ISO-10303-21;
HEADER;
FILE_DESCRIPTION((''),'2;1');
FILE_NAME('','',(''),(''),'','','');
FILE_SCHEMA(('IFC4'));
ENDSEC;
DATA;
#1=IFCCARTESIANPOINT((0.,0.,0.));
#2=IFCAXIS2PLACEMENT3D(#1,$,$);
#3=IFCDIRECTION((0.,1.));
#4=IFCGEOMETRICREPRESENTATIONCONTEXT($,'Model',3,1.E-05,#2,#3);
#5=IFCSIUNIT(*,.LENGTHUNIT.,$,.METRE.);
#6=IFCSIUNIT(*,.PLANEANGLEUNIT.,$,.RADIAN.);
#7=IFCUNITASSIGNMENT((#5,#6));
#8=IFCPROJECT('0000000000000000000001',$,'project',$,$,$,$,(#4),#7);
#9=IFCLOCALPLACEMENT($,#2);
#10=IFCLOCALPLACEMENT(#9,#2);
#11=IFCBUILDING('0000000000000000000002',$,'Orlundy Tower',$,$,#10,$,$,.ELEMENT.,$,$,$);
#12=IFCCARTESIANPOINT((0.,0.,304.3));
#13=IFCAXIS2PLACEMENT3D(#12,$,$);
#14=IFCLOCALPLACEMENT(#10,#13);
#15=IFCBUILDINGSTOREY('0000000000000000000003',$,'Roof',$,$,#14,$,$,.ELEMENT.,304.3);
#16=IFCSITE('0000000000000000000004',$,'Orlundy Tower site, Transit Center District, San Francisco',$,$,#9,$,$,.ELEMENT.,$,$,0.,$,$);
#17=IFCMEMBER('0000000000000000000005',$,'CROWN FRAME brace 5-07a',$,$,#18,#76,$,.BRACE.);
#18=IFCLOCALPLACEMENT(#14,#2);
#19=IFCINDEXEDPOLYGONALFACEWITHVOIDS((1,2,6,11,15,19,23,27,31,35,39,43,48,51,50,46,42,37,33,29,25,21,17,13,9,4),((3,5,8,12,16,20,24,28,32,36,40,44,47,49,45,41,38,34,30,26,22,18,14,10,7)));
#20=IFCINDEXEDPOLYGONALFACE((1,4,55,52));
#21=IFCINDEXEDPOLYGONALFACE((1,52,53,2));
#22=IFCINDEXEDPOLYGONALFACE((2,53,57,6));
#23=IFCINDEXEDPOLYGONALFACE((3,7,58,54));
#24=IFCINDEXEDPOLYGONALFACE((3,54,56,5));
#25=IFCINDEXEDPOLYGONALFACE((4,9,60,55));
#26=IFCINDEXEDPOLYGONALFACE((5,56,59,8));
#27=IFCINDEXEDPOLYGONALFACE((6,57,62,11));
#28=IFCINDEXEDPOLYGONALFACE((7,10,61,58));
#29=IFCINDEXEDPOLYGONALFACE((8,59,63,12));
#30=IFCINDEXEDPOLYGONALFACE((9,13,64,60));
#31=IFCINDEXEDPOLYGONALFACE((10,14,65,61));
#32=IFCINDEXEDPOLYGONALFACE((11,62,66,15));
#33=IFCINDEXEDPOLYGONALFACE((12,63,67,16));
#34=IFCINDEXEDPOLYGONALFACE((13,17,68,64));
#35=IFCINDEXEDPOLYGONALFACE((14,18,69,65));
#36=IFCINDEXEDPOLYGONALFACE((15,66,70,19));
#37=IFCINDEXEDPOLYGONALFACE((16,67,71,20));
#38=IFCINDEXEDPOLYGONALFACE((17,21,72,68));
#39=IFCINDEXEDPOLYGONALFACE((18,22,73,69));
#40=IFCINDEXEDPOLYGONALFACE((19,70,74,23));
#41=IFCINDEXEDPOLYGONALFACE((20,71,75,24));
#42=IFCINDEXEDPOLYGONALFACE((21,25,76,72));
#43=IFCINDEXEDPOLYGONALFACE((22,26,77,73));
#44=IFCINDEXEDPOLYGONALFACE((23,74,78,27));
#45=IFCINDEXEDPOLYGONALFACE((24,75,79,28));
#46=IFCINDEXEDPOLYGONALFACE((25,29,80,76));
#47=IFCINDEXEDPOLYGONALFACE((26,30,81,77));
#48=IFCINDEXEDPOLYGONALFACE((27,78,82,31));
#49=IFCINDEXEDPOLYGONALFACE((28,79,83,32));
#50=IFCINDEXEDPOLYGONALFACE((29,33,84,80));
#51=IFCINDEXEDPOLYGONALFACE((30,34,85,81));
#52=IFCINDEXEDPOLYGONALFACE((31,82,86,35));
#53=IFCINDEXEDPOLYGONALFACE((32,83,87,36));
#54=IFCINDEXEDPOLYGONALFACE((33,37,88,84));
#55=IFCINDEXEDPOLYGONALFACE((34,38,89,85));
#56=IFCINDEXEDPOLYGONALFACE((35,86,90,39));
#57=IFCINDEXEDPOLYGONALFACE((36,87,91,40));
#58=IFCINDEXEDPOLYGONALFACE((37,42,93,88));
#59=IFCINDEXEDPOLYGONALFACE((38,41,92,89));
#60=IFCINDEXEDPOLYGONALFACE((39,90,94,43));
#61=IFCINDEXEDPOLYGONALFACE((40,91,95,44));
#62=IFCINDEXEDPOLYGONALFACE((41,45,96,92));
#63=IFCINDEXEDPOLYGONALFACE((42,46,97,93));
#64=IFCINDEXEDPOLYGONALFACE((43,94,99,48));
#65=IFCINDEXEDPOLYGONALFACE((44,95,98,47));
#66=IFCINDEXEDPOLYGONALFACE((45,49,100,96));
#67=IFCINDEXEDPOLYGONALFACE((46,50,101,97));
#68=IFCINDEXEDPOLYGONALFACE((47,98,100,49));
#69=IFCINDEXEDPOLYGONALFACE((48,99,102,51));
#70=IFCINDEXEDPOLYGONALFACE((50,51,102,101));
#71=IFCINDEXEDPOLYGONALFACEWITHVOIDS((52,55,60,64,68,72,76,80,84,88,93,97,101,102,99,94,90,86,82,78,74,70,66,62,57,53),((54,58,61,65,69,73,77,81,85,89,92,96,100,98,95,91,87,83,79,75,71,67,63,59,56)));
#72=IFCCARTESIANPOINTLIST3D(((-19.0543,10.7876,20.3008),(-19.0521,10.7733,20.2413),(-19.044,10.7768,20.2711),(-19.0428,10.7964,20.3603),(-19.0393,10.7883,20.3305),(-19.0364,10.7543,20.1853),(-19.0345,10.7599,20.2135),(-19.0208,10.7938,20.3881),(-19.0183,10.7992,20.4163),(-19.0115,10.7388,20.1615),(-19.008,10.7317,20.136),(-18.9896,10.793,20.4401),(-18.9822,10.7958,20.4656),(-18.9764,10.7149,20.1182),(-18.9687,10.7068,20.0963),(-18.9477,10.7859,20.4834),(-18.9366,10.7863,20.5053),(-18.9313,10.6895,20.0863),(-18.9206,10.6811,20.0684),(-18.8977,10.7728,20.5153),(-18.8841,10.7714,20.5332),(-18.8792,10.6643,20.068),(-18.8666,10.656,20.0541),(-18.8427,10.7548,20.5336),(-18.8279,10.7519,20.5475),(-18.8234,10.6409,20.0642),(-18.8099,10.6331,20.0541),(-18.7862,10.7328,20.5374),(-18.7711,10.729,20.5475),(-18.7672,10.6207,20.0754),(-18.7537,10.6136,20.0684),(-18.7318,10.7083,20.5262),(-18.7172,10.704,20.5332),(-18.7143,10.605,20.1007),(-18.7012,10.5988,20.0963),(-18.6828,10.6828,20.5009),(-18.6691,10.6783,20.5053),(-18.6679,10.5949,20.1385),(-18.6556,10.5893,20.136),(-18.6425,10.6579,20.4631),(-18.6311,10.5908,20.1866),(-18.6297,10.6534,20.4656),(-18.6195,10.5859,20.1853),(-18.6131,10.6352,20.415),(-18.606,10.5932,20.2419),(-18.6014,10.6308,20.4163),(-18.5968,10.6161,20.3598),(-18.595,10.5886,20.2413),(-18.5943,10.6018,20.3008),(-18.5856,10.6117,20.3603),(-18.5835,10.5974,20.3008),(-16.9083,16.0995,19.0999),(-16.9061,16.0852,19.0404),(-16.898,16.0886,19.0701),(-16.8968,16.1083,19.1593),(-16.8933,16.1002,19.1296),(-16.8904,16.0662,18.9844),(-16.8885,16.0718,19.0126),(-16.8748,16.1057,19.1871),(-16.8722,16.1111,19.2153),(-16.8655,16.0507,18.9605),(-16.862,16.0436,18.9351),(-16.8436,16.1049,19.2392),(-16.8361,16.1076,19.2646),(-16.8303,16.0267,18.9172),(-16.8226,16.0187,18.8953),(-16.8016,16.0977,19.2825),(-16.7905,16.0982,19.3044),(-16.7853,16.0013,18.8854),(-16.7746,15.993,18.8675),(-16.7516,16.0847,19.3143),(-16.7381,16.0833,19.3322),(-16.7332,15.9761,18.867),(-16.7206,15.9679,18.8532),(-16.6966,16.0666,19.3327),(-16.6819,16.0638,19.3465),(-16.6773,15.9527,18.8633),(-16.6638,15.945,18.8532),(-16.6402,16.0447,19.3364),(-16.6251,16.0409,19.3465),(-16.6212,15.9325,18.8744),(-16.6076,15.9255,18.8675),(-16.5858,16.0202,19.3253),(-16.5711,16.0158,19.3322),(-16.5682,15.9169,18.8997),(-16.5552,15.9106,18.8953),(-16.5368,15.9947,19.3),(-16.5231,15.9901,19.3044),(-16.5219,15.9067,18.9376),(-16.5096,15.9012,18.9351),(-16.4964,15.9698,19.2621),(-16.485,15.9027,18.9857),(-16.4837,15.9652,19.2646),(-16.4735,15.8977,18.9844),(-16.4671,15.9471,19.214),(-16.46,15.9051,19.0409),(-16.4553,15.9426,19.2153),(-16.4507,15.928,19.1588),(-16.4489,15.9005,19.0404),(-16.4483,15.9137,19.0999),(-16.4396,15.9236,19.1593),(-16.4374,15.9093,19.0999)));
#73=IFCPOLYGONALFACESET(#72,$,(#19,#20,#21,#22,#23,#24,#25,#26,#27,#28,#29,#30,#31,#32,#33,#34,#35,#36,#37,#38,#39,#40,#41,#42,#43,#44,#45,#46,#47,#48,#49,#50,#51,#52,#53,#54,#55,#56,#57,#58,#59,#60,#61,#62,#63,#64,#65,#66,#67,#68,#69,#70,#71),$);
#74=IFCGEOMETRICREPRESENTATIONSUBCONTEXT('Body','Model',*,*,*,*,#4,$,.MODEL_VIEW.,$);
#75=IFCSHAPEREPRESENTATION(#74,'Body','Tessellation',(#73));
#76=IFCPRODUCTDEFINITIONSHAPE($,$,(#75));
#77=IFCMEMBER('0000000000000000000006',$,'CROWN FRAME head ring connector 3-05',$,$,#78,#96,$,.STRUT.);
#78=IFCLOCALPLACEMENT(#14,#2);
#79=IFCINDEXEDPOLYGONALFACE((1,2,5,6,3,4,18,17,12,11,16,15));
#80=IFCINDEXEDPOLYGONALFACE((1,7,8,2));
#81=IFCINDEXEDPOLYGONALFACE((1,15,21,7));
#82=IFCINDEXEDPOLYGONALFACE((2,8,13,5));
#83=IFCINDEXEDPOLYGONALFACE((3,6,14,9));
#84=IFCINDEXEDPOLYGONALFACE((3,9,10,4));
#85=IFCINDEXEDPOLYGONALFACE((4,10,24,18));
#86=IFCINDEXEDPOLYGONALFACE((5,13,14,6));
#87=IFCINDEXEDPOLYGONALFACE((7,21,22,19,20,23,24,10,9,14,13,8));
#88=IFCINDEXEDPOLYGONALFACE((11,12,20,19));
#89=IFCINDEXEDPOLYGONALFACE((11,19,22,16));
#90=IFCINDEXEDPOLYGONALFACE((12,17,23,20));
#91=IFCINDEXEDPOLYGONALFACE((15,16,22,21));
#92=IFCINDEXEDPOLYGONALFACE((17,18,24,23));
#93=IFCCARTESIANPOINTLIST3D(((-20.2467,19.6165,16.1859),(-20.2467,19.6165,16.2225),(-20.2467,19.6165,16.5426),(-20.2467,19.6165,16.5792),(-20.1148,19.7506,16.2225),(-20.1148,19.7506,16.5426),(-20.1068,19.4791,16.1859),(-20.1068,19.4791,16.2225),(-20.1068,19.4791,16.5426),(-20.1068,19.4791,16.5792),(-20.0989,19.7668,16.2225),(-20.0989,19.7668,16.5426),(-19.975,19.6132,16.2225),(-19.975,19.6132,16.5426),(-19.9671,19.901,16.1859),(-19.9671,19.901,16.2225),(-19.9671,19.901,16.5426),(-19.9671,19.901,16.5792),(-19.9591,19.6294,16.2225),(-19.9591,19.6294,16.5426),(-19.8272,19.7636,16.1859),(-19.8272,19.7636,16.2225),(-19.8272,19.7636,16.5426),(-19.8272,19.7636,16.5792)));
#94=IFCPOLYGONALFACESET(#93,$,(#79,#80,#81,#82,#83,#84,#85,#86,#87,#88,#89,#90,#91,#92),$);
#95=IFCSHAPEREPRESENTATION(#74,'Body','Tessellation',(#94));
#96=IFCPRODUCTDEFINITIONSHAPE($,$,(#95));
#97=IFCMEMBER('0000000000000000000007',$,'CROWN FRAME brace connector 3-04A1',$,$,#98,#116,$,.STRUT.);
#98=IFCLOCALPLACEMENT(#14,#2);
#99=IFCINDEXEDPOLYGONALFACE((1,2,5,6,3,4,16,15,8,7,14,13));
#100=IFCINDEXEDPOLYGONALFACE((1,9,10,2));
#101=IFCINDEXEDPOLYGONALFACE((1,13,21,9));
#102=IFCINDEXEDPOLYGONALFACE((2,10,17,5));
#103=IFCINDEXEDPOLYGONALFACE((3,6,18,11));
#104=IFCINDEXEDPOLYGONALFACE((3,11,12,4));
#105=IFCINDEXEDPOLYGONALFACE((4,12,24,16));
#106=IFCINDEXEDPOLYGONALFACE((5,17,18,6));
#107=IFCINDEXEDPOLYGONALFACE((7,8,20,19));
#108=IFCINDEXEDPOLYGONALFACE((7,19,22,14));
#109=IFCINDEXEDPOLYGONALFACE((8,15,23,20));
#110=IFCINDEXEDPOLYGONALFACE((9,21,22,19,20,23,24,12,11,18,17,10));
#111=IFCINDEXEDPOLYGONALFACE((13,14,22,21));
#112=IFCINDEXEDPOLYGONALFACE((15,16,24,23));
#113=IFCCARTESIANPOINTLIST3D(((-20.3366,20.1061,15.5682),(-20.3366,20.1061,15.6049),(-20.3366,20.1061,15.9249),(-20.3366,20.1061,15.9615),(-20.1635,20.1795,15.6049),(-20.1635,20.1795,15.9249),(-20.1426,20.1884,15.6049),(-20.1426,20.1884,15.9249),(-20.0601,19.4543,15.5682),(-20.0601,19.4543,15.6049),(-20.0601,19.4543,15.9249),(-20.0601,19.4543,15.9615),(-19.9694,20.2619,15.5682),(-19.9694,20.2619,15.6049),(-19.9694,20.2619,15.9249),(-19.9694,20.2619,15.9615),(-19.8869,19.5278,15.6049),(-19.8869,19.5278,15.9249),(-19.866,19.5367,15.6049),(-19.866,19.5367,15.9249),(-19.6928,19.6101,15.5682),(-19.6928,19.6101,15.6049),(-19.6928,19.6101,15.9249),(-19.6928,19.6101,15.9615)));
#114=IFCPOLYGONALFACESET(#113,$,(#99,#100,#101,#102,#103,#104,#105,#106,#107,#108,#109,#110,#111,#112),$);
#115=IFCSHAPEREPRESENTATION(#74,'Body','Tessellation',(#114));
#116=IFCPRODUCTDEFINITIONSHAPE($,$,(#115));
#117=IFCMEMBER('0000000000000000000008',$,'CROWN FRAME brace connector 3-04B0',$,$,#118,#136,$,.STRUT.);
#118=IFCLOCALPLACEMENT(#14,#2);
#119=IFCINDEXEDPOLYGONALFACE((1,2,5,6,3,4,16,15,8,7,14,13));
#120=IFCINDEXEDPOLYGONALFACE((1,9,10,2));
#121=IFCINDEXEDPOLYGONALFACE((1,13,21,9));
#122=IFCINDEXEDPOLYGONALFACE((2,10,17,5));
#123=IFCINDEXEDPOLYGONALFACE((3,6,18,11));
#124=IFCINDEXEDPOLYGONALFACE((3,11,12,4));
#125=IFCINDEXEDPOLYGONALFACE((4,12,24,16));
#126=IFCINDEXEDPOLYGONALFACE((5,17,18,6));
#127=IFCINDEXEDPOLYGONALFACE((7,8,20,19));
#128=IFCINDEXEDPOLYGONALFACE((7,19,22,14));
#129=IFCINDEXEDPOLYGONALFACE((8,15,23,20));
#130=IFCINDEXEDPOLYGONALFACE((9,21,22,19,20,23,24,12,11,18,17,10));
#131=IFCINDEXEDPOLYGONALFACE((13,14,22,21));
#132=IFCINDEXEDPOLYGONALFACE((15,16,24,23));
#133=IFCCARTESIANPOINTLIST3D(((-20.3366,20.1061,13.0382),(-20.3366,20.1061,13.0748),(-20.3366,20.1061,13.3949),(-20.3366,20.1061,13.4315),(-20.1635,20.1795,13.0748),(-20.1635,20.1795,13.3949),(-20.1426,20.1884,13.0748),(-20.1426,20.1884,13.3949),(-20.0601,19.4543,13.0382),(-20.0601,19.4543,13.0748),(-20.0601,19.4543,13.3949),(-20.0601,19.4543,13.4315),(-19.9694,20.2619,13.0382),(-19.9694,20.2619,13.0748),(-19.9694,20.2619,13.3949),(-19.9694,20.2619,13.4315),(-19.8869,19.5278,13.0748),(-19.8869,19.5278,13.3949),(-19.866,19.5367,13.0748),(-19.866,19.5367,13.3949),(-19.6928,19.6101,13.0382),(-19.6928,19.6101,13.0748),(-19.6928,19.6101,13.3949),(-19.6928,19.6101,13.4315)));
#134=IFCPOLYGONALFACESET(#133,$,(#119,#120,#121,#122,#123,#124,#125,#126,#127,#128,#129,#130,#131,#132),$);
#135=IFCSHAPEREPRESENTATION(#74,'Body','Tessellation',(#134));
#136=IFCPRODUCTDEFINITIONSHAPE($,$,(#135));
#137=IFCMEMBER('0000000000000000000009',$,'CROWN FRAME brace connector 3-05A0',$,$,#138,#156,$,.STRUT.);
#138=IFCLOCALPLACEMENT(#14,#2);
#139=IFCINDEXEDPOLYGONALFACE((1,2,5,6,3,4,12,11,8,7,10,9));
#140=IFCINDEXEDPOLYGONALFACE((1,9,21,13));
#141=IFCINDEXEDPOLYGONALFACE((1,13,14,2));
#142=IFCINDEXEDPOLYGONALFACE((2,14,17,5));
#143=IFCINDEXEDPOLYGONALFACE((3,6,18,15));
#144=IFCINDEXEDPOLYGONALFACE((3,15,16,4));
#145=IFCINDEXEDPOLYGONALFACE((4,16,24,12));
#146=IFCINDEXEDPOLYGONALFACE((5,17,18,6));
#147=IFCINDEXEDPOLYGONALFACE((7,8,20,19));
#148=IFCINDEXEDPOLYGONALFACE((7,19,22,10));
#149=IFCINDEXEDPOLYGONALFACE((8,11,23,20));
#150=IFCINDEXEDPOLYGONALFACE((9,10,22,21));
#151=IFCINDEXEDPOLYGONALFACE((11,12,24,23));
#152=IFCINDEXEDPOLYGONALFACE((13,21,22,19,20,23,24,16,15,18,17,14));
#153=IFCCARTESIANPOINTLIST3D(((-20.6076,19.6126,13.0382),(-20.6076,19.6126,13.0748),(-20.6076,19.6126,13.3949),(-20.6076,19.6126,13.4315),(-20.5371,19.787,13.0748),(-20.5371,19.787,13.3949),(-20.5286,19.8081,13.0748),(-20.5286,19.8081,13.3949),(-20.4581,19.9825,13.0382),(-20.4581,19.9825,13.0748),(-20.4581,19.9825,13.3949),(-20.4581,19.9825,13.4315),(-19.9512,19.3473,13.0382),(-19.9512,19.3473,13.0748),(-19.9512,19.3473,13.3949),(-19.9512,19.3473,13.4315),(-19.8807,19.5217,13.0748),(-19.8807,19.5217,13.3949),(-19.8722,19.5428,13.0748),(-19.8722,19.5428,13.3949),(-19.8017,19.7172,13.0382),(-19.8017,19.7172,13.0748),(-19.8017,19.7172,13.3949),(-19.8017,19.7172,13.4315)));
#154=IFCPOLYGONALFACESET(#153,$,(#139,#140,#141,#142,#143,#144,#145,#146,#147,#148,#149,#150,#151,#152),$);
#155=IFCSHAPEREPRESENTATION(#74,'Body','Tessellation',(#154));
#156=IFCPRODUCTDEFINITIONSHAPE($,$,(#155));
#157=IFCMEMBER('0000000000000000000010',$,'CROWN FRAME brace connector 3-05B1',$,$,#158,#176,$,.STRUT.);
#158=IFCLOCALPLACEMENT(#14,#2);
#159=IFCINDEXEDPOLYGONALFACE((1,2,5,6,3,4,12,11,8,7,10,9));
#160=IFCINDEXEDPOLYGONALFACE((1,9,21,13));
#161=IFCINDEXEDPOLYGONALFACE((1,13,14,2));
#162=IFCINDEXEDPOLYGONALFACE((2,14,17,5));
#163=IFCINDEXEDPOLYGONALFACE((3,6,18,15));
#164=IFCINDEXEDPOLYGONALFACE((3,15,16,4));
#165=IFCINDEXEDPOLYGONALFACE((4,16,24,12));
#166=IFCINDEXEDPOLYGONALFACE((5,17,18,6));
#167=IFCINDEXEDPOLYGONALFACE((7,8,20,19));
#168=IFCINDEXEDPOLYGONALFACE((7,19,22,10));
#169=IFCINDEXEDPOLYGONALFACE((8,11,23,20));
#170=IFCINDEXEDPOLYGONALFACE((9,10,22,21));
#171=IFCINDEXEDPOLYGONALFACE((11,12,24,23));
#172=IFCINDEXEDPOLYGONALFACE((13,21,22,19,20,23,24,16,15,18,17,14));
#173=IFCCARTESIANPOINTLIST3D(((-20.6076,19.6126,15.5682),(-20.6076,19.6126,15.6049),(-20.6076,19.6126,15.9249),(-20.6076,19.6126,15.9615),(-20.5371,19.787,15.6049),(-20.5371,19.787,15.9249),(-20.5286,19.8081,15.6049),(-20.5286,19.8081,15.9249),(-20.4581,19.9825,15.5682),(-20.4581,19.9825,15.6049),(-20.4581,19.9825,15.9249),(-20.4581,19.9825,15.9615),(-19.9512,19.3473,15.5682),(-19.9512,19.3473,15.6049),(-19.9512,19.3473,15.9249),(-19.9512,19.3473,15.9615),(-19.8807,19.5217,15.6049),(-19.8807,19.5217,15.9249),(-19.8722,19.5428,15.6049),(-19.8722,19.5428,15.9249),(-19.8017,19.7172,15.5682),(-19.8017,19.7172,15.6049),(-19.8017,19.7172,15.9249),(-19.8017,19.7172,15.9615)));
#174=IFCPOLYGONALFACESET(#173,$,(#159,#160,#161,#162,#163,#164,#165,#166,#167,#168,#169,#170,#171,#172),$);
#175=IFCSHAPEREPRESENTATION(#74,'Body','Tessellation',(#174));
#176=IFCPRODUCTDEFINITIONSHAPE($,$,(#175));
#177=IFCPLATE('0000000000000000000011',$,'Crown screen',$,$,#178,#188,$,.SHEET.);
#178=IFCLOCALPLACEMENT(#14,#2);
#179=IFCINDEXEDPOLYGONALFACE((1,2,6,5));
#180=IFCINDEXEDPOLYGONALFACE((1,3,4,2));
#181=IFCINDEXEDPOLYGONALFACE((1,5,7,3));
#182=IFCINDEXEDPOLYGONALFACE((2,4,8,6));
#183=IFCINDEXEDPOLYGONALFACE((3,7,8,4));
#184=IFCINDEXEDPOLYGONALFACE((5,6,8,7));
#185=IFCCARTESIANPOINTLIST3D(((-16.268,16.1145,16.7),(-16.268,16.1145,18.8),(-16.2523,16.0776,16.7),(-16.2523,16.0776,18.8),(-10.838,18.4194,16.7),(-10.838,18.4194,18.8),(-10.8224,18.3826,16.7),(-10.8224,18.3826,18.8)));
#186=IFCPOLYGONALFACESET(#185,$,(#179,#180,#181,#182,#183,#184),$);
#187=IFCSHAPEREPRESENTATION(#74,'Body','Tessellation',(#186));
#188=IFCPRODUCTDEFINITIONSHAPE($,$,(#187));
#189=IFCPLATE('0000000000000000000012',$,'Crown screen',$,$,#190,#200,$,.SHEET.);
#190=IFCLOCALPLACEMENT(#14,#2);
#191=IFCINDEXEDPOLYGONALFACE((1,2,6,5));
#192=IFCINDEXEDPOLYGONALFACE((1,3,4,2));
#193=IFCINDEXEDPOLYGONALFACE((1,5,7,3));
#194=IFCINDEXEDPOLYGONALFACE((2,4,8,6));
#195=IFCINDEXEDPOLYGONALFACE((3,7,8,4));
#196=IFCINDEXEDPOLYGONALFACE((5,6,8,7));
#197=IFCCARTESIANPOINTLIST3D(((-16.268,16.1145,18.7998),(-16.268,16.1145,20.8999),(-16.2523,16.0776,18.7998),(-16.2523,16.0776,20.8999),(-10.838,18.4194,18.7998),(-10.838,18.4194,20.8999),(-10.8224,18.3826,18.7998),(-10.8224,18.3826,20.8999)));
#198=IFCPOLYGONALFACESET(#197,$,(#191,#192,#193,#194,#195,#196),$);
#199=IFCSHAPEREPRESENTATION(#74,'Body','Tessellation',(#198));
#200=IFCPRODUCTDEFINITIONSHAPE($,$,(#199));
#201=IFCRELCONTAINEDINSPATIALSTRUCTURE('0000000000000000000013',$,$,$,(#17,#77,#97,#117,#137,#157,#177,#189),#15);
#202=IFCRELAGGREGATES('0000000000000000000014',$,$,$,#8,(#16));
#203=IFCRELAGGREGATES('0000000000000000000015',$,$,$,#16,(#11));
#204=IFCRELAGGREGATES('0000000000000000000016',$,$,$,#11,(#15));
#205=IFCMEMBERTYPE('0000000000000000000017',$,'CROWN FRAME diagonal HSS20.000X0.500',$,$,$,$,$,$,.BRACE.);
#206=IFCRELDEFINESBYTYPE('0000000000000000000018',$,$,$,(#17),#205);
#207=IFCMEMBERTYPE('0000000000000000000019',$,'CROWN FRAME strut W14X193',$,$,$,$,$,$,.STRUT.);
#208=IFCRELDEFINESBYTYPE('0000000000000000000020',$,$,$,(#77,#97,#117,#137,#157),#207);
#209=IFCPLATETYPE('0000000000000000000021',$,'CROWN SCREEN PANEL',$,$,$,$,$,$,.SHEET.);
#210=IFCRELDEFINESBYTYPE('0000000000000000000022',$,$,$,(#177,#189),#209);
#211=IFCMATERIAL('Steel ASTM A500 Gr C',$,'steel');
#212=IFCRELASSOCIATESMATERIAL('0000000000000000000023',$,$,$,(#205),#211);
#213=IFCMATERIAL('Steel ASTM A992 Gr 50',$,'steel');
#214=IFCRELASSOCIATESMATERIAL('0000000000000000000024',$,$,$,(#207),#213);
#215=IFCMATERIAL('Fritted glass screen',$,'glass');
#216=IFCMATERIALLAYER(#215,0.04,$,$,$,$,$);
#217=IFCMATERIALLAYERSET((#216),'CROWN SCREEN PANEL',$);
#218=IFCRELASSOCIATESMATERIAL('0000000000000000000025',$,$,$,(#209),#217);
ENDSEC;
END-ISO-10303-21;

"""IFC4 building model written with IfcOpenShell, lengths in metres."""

from ifc_helpers import new_model, si_unit, direction, frame, origin, origin_2d, place, context, subcontext, project, spatial, rectangle, hollow_circle, i_section, extrude, material, layer, layer_set, material_profile, profile_set, type_object, element, save


model = new_model("IFC4")

# Units and contexts
model_context = context("Model", 3, precision=1e-05, world=origin(), true_north=direction((0.0, 1.0)))
body_context = subcontext(model_context, "Body", "Model", "MODEL_VIEW")
ifc_project = project(units=[si_unit("LENGTHUNIT", "METRE"), si_unit("PLANEANGLEUNIT", "RADIAN")], contexts=[model_context])

# Site, building, storey
site_placement = place(None, origin())
site = spatial("IfcSite", under=ifc_project, at=site_placement, Name="Orlundy Tower site, Transit Center District, San Francisco", CompositionType="ELEMENT", RefElevation=0.0)
building_placement = place(site_placement, origin())
building = spatial("IfcBuilding", under=site, at=building_placement, Name="Orlundy Tower", CompositionType="ELEMENT")
storey_placement = place(building_placement, frame((0.0, 0.0, 304.3)))
storey = spatial("IfcBuildingStorey", under=building, at=storey_placement, Name="Roof", CompositionType="ELEMENT", Elevation=304.3)

# Members
ifc_material_1 = material(Name="Steel ASTM A500 Gr C", Category="steel")
ifc_material_profile_1 = material_profile(ifc_material_1, hollow_circle(Radius=0.2539, WallThickness=0.0117, at=origin_2d()), Name="HSS20.000X0.500")
ifc_profile_set_1 = profile_set([ifc_material_profile_1], Name="Steel ASTM A500 Gr C")
member_type_1 = type_object("IfcMemberType", Name="CROWN FRAME diagonal HSS20.000X0.500", PredefinedType="BRACE", material=ifc_profile_set_1)
member_1_placement = place(storey_placement, frame((-16.6729, 16.0044, 19.0999), z_axis=(-0.366623, -0.907466, 0.205167), x_axis=(0.92719, -0.374592, 0.0)))
element("IfcMember", 1, at=member_1_placement, inside=storey, type_object=member_type_1, Name="CROWN FRAME brace 5-07a", PredefinedType="BRACE", context=body_context, shape_type="SweptSolid", body=[
    extrude(hollow_circle(Radius=0.2539, WallThickness=0.0117, at=origin_2d()), origin(), (0.0, 0.0, 1.0), 5.8535),
])
ifc_material_2 = material(Name="Steel ASTM A992 Gr 50", Category="steel")
ifc_material_profile_2 = material_profile(ifc_material_2, i_section(OverallWidth=0.3989, OverallDepth=0.3933, WebThickness=0.0227, FlangeThickness=0.0366, at=origin_2d()), Name="W14X193")
ifc_profile_set_2 = profile_set([ifc_material_profile_2], Name="Steel ASTM A992 Gr 50")
member_type_2 = type_object("IfcMemberType", Name="CROWN FRAME strut W14X193", PredefinedType="STRUT", material=ifc_profile_set_2)
member_2_placement = place(storey_placement, frame((-19.967, 19.6213, 16.3826), z_axis=(-0.713304, 0.700855, 0.0), x_axis=(-0.700855, -0.713304, 0.0)))
element("IfcMember", 2, at=member_2_placement, inside=storey, type_object=member_type_2, Name="CROWN FRAME head ring connector 3-05", PredefinedType="STRUT", context=body_context, shape_type="SweptSolid", body=[
    extrude(i_section(OverallWidth=0.3989, OverallDepth=0.3933, WebThickness=0.0227, FlangeThickness=0.0366, at=origin_2d()), origin(), (0.0, 0.0, 1.0), 0.196),
])
for number, where, z_axis, x_axis, name in (
    (3, (-19.8765, 19.5322, 15.7649), (-0.39063, 0.920548, 0.0), (-0.920548, -0.39063, 0.0), "CROWN FRAME brace connector 3-04A1"),
    (4, (-19.8765, 19.5322, 13.2349), (-0.39063, 0.920548, 0.0), (-0.920548, -0.39063, 0.0), "CROWN FRAME brace connector 3-04B0"),
    (5, (-19.8765, 19.5322, 13.2349), (-0.927115, 0.374777, 0.0), (-0.374777, -0.927115, 0.0), "CROWN FRAME brace connector 3-05A0"),
    (6, (-19.8765, 19.5322, 15.7649), (-0.927115, 0.374777, 0.0), (-0.374777, -0.927115, 0.0), "CROWN FRAME brace connector 3-05B1"),
):
    element("IfcMember", number, at=place(storey_placement, frame(where, z_axis=z_axis, x_axis=x_axis)), inside=storey, type_object=member_type_2, Name=name, PredefinedType="STRUT", context=body_context, shape_type="SweptSolid", body=[
        extrude(i_section(OverallWidth=0.3989, OverallDepth=0.3933, WebThickness=0.0227, FlangeThickness=0.0366, at=origin_2d()), origin(), (0.0, 0.0, 1.0), 0.708),
    ])

# Plates
ifc_material_3 = material(Name="Fritted glass screen", Category="glass")
ifc_layer = layer(ifc_material_3, 0.04)
ifc_layer_set = layer_set([ifc_layer], Name="CROWN SCREEN PANEL")
plate_type = type_object("IfcPlateType", Name="CROWN SCREEN PANEL", PredefinedType="SHEET", material=ifc_layer_set)
for number, where, z_axis, x_axis, name in (
    (7, (-13.5452, 17.2485, 16.7), (0.0, 0.0, 1.0), (-0.9205, -0.390742, 0.0), "Crown screen"),
    (8, (-13.5452, 17.2485, 18.7998), (0.0, 0.0, 1.0), (-0.9205, -0.390742, 0.0), "Crown screen"),
):
    element("IfcPlate", number, at=place(storey_placement, frame(where, z_axis=z_axis, x_axis=x_axis)), inside=storey, type_object=plate_type, Name=name, PredefinedType="SHEET", context=body_context, shape_type="SweptSolid", body=[
        extrude(rectangle(XDim=5.8989, YDim=0.04, at=origin_2d()), origin(), (0.0, 0.0, 1.0), 2.1001),
    ])

save(model, "model.ifc")
